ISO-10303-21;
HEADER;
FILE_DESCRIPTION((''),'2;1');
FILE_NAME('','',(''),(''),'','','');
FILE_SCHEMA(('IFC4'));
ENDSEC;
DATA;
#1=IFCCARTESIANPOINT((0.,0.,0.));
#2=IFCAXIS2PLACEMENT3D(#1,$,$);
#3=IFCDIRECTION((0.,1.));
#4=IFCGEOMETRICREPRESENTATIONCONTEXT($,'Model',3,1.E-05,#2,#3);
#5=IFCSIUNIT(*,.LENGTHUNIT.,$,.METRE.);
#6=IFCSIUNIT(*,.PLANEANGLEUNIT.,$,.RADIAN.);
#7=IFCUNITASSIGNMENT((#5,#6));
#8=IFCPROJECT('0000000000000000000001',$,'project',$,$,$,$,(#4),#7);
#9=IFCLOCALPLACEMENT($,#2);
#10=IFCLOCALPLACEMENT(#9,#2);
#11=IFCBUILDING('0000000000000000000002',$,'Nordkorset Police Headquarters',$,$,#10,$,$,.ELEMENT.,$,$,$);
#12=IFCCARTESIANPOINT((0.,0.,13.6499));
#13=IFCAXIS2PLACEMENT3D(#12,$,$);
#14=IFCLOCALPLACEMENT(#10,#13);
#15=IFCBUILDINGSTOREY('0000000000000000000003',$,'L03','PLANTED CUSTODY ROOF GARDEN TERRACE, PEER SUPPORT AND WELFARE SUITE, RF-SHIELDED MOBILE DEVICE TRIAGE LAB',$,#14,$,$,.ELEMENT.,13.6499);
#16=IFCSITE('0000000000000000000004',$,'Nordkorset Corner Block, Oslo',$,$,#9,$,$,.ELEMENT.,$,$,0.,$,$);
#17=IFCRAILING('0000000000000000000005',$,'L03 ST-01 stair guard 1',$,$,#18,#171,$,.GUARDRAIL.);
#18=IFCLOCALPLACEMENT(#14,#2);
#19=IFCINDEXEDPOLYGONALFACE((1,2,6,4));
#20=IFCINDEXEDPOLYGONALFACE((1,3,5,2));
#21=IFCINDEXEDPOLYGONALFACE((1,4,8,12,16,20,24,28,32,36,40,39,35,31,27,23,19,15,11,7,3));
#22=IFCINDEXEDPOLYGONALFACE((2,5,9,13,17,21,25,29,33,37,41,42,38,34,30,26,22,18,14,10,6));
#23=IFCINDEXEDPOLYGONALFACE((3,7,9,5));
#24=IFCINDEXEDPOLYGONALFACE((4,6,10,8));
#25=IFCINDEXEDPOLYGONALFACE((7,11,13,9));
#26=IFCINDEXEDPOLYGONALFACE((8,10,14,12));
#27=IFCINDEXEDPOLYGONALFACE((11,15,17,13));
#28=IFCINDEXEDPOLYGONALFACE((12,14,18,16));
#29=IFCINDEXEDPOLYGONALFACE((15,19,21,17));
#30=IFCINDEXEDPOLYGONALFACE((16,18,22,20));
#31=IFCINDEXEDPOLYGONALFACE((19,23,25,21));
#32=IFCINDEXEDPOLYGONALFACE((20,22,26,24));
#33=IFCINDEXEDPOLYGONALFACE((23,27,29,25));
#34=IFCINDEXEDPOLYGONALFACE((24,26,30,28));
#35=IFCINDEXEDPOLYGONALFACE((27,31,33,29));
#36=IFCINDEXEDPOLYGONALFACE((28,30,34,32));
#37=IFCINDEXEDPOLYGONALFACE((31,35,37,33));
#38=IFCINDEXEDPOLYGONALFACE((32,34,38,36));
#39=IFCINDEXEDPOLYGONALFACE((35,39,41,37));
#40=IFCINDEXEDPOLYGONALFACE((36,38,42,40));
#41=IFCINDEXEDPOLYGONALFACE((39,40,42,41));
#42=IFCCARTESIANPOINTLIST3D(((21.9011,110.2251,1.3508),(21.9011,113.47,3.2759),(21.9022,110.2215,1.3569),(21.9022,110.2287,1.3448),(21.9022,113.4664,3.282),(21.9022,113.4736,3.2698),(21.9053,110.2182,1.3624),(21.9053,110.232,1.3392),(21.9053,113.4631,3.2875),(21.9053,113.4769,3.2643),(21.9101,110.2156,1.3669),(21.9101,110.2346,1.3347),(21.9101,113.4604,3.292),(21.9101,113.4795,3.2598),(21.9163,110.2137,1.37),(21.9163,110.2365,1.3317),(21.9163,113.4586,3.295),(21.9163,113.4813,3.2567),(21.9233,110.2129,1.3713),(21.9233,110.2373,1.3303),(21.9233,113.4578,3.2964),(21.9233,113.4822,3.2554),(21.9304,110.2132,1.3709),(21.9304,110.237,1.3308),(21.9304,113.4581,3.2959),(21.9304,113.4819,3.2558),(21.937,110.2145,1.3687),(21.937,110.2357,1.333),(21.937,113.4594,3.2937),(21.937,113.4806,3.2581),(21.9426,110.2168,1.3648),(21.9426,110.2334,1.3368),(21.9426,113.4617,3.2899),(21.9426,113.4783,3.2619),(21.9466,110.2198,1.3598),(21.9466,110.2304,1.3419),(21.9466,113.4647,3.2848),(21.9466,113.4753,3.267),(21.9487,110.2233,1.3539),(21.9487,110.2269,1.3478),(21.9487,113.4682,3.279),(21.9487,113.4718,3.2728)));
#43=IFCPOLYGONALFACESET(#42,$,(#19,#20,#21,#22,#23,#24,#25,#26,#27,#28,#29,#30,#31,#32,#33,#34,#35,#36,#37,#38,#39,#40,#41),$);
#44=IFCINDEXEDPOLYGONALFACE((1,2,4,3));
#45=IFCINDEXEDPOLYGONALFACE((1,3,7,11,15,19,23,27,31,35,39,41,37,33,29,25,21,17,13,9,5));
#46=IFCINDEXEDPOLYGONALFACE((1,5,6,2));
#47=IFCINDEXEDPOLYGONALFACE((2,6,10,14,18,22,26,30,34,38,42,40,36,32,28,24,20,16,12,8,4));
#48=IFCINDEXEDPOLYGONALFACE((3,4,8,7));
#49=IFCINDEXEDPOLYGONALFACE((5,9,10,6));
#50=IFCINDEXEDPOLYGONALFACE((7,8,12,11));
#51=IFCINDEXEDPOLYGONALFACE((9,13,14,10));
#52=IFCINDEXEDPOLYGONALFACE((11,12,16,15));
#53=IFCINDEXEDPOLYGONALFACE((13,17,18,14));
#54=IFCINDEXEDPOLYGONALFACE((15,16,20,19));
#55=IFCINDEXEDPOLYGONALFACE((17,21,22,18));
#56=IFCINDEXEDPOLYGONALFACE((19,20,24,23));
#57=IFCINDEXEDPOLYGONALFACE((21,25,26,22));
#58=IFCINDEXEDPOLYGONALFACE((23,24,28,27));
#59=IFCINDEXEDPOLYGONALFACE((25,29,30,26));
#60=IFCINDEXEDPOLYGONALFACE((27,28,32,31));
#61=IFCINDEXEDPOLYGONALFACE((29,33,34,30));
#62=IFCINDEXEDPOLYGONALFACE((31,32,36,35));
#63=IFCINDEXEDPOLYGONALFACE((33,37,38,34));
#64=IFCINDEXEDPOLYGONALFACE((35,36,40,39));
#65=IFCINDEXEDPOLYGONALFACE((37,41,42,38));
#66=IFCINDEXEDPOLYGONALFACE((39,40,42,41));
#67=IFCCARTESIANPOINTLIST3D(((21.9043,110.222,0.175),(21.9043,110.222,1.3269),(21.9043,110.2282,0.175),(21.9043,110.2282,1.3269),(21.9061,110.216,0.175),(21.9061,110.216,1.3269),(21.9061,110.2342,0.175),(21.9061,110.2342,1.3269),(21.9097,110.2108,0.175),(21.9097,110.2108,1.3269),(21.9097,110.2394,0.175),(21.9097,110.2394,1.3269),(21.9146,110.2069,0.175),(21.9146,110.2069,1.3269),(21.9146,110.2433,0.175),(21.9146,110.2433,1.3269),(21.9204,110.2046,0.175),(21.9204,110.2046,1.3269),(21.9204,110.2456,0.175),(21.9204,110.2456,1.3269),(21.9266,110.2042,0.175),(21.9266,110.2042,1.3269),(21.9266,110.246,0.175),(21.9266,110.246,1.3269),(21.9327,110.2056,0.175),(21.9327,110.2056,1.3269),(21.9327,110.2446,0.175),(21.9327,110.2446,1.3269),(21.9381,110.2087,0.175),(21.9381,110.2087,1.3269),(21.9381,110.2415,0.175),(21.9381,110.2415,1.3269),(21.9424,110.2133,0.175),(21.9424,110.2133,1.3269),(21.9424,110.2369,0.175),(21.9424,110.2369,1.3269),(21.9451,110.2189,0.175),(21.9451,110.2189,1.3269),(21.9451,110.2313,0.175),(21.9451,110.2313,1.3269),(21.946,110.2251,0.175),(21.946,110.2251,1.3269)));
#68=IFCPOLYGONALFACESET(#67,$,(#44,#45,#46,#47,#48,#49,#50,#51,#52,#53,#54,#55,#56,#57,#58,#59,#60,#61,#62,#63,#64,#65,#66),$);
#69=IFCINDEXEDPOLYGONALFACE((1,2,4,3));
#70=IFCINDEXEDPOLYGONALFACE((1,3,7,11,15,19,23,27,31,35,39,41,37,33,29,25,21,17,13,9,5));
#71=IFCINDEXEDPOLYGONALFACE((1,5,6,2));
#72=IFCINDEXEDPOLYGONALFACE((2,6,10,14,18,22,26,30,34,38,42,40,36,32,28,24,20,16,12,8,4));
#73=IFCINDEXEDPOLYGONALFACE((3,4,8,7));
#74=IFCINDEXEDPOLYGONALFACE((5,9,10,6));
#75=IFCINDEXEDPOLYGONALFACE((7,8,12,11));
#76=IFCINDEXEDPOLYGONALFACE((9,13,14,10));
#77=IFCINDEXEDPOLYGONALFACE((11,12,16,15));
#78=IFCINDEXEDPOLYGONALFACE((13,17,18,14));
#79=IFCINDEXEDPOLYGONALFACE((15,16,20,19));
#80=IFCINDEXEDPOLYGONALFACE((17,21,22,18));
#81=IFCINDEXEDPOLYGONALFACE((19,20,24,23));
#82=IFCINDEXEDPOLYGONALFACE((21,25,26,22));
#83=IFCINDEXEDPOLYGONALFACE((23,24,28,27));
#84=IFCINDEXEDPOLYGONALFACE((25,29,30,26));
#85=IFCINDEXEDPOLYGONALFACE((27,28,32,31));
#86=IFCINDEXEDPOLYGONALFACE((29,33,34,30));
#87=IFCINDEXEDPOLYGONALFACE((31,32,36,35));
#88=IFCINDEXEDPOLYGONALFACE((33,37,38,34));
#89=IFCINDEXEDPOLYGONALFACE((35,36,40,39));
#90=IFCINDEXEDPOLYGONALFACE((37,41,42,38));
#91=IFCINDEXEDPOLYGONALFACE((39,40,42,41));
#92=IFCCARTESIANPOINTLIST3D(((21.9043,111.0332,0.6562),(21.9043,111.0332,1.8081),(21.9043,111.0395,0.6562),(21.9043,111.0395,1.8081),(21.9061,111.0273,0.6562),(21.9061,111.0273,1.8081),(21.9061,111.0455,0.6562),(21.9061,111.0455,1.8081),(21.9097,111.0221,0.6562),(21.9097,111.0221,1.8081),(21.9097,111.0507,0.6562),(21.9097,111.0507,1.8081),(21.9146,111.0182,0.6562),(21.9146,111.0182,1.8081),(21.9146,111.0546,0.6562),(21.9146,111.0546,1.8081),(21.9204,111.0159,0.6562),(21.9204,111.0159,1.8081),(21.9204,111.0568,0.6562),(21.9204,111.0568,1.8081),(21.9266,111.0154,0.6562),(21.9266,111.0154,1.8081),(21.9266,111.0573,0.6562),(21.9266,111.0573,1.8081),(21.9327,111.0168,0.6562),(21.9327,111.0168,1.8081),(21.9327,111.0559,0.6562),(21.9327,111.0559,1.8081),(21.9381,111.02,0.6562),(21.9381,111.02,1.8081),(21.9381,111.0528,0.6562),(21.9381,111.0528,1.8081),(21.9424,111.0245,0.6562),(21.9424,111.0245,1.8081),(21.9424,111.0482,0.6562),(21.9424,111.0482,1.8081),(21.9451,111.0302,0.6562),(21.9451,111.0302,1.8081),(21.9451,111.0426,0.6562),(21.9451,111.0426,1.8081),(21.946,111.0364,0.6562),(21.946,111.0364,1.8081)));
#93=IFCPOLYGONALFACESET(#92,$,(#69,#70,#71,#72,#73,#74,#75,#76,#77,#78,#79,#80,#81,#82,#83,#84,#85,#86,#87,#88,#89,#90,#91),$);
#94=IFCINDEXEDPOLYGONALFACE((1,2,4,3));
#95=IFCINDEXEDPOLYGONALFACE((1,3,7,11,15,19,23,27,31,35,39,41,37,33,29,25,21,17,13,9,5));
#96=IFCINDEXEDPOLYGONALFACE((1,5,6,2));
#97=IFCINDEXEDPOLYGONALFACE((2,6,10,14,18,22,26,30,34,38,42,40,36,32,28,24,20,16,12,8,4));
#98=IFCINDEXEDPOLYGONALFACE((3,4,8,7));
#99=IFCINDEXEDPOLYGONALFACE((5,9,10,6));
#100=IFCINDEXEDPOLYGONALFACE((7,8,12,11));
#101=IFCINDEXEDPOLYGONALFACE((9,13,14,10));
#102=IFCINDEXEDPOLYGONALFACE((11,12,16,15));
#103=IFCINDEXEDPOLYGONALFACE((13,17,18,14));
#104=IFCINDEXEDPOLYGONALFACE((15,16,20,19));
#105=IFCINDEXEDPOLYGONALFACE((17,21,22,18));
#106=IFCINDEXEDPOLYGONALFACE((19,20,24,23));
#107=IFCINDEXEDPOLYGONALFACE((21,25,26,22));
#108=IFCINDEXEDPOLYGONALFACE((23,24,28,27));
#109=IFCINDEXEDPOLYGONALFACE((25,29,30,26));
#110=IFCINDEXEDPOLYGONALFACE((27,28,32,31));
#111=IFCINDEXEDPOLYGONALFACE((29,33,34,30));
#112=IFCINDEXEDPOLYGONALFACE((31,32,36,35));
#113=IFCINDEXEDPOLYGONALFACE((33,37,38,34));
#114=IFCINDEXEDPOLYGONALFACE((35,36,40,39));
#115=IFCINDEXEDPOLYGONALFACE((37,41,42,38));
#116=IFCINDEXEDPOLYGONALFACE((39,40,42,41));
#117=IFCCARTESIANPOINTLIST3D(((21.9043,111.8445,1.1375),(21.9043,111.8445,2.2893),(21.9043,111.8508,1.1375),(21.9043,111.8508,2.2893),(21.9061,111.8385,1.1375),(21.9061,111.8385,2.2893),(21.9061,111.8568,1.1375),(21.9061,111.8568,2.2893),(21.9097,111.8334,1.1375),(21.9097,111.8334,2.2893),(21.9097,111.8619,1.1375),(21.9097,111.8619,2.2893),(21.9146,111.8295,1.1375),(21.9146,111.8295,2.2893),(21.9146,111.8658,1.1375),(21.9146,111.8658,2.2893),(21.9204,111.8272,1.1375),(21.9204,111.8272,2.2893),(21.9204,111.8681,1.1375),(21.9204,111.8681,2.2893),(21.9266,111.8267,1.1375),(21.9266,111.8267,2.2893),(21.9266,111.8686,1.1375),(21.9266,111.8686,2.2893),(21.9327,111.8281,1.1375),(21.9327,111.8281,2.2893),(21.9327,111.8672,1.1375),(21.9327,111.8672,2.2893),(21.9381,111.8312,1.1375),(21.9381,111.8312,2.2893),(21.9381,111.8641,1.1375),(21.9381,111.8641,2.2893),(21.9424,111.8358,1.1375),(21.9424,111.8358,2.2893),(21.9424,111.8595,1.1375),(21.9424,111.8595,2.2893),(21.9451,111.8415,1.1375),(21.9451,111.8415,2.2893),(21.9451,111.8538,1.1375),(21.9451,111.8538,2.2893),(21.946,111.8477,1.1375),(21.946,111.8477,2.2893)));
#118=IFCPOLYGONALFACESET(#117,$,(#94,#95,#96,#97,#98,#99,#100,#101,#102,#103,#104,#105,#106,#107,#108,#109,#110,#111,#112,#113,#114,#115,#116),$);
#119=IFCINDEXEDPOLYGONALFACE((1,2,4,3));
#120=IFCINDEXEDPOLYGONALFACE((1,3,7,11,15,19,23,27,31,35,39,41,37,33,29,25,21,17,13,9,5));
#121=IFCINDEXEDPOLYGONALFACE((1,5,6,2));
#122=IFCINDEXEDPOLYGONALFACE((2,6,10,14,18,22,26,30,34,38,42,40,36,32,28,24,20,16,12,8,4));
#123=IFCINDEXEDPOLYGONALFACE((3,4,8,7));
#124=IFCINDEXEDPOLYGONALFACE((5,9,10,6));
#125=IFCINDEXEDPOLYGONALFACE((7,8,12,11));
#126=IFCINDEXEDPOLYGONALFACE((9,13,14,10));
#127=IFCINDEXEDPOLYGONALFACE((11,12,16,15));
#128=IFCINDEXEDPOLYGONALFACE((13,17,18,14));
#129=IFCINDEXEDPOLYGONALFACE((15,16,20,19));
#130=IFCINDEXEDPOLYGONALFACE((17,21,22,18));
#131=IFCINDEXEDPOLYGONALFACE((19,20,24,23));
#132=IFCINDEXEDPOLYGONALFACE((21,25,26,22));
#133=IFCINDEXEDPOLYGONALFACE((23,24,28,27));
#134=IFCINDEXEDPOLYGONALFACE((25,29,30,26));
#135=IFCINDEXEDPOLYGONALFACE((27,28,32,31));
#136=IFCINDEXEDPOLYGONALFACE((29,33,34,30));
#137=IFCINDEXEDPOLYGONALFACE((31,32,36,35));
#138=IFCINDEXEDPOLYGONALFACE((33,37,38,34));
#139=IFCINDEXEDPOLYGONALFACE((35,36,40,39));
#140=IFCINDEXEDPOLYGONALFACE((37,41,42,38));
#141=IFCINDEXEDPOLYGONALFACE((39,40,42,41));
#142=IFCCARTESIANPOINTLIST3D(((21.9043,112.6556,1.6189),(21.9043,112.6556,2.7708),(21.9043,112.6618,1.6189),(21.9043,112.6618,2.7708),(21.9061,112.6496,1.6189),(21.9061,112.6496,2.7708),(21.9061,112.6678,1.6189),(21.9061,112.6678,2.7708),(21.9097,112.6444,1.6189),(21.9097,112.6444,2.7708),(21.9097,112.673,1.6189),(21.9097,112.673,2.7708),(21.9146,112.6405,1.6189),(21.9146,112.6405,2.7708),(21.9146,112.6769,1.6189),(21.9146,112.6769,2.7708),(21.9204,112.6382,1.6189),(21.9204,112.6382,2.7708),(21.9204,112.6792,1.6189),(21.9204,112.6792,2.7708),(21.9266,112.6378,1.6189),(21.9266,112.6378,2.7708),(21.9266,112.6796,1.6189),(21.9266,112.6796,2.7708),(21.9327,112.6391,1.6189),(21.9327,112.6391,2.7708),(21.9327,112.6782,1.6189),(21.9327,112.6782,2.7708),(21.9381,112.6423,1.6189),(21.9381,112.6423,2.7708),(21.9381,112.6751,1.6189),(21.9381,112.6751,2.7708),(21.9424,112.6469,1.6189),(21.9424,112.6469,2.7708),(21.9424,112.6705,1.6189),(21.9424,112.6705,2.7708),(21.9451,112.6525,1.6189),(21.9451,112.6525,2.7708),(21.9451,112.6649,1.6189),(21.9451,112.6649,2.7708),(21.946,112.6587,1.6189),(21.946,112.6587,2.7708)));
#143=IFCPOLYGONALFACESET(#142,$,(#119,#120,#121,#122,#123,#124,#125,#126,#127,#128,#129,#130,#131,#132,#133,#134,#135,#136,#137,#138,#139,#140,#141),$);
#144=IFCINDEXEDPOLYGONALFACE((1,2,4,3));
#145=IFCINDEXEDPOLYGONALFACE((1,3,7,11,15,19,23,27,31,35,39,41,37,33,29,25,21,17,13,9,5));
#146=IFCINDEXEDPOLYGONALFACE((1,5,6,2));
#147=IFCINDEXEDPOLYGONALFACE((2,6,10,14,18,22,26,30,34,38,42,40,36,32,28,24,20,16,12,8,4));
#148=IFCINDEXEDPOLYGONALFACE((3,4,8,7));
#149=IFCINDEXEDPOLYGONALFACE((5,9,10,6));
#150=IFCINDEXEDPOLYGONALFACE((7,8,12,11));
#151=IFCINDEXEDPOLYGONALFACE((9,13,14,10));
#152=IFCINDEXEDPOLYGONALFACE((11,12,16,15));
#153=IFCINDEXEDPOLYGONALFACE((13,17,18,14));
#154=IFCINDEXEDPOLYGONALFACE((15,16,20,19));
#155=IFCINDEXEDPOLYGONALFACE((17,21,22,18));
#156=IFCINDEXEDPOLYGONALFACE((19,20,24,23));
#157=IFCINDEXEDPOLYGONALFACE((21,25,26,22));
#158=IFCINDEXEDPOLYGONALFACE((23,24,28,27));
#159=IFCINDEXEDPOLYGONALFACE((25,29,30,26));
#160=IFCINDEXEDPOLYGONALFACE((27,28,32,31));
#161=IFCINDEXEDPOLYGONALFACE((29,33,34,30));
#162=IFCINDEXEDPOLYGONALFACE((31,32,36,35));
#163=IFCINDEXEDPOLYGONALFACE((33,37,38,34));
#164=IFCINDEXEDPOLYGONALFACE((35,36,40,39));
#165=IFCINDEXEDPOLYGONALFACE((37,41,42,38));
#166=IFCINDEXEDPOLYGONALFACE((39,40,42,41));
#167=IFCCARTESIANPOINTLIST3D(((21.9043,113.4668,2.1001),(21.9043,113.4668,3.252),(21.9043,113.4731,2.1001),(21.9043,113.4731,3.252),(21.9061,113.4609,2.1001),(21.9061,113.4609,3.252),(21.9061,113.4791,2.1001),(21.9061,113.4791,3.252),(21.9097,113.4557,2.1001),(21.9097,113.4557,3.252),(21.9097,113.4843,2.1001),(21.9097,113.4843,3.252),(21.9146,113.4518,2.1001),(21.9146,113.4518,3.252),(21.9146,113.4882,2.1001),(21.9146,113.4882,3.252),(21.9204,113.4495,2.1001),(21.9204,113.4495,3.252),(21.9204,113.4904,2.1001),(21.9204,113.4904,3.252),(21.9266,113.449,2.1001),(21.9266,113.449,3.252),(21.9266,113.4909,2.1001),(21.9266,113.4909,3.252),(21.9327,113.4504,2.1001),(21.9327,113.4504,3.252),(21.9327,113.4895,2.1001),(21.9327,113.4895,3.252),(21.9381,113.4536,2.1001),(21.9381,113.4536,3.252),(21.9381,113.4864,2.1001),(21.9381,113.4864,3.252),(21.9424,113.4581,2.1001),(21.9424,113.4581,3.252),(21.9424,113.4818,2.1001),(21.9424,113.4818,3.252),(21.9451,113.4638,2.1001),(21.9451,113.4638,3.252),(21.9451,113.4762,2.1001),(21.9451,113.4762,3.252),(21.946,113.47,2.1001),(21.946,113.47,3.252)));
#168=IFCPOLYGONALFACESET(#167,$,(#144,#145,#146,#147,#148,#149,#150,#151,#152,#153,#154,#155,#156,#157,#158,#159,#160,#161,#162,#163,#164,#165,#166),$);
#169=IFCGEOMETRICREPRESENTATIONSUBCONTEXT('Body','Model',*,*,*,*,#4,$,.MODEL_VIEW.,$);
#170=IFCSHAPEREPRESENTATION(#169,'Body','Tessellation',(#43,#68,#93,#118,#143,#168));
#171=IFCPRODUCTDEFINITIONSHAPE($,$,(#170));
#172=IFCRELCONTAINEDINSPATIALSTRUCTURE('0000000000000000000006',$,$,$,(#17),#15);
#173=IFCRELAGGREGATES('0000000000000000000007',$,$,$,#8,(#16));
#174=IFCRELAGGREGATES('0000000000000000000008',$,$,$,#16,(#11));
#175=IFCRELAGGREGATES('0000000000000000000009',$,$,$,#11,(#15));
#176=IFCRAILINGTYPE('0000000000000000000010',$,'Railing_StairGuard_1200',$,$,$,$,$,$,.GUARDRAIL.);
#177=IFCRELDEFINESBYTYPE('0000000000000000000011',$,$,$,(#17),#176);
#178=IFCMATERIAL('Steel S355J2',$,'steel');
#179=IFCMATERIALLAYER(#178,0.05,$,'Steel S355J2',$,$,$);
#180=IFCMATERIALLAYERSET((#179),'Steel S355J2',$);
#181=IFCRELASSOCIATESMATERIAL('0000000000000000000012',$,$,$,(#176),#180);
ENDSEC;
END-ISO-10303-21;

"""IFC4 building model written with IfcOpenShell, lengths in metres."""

from ifc_helpers import new_model, si_unit, direction, frame, origin, origin_2d, place, context, subcontext, project, spatial, circle, extrude, material, layer, layer_set, type_object, element, save


model = new_model("IFC4")

# Units and contexts
model_context = context("Model", 3, precision=1e-05, world=origin(), true_north=direction((0.0, 1.0)))
body_context = subcontext(model_context, "Body", "Model", "MODEL_VIEW")
ifc_project = project(units=[si_unit("LENGTHUNIT", "METRE"), si_unit("PLANEANGLEUNIT", "RADIAN")], contexts=[model_context])

# Site, building, storey
site_placement = place(None, origin())
site = spatial("IfcSite", under=ifc_project, at=site_placement, Name="Nordkorset Corner Block, Oslo", CompositionType="ELEMENT", RefElevation=0.0)
building_placement = place(site_placement, origin())
building = spatial("IfcBuilding", under=site, at=building_placement, Name="Nordkorset Police Headquarters", CompositionType="ELEMENT")
storey_placement = place(building_placement, frame((0.0, 0.0, 13.6499)))
storey = spatial("IfcBuildingStorey", under=building, at=storey_placement, Name="L03", Description="PLANTED CUSTODY ROOF GARDEN TERRACE, PEER SUPPORT AND WELFARE SUITE, RF-SHIELDED MOBILE DEVICE TRIAGE LAB", CompositionType="ELEMENT", Elevation=13.6499)

# Railing
ifc_material_1 = material(Name="Steel S355J2", Category="steel")
ifc_layer_1 = layer(ifc_material_1, 0.05, Name="Steel S355J2")
ifc_layer_set_1 = layer_set([ifc_layer_1], Name="Steel S355J2")
railing_type_1 = type_object("IfcRailingType", Name="Railing_StairGuard_1200", PredefinedType="GUARDRAIL", material=ifc_layer_set_1)
railing_1_placement = place(storey_placement, frame((21.925, 110.2251, 0.175)))
element("IfcRailing", 1, at=railing_1_placement, inside=storey, type_object=railing_type_1, Name="L03 ST-01 stair guard 1", PredefinedType="GUARDRAIL", context=body_context, shape_type="SweptSolid", body=[
    extrude(circle(Radius=0.0239, at=origin_2d()), frame((0.0, 0.0, 1.1758), z_axis=(0.0, 0.86004, 0.510226), x_axis=(-1.0, 0.0, 0.0)), (0.0, 0.0, 1.0), 3.7729),
    extrude(circle(Radius=0.021, at=origin_2d()), origin(), (0.0, 0.0, 1.0), 1.1519),
    extrude(circle(Radius=0.021, at=origin_2d()), frame((0.0, 0.8113, 0.4812)), (0.0, 0.0, 1.0), 1.1519),
    extrude(circle(Radius=0.021, at=origin_2d()), frame((0.0, 1.6226, 0.9624)), (0.0, 0.0, 1.0), 1.1519),
    extrude(circle(Radius=0.021, at=origin_2d()), frame((0.0, 2.4336, 1.4438)), (0.0, 0.0, 1.0), 1.1519),
    extrude(circle(Radius=0.021, at=origin_2d()), frame((0.0, 3.2449, 1.925)), (0.0, 0.0, 1.0), 1.1519),
])

save(model, "model.ifc")
